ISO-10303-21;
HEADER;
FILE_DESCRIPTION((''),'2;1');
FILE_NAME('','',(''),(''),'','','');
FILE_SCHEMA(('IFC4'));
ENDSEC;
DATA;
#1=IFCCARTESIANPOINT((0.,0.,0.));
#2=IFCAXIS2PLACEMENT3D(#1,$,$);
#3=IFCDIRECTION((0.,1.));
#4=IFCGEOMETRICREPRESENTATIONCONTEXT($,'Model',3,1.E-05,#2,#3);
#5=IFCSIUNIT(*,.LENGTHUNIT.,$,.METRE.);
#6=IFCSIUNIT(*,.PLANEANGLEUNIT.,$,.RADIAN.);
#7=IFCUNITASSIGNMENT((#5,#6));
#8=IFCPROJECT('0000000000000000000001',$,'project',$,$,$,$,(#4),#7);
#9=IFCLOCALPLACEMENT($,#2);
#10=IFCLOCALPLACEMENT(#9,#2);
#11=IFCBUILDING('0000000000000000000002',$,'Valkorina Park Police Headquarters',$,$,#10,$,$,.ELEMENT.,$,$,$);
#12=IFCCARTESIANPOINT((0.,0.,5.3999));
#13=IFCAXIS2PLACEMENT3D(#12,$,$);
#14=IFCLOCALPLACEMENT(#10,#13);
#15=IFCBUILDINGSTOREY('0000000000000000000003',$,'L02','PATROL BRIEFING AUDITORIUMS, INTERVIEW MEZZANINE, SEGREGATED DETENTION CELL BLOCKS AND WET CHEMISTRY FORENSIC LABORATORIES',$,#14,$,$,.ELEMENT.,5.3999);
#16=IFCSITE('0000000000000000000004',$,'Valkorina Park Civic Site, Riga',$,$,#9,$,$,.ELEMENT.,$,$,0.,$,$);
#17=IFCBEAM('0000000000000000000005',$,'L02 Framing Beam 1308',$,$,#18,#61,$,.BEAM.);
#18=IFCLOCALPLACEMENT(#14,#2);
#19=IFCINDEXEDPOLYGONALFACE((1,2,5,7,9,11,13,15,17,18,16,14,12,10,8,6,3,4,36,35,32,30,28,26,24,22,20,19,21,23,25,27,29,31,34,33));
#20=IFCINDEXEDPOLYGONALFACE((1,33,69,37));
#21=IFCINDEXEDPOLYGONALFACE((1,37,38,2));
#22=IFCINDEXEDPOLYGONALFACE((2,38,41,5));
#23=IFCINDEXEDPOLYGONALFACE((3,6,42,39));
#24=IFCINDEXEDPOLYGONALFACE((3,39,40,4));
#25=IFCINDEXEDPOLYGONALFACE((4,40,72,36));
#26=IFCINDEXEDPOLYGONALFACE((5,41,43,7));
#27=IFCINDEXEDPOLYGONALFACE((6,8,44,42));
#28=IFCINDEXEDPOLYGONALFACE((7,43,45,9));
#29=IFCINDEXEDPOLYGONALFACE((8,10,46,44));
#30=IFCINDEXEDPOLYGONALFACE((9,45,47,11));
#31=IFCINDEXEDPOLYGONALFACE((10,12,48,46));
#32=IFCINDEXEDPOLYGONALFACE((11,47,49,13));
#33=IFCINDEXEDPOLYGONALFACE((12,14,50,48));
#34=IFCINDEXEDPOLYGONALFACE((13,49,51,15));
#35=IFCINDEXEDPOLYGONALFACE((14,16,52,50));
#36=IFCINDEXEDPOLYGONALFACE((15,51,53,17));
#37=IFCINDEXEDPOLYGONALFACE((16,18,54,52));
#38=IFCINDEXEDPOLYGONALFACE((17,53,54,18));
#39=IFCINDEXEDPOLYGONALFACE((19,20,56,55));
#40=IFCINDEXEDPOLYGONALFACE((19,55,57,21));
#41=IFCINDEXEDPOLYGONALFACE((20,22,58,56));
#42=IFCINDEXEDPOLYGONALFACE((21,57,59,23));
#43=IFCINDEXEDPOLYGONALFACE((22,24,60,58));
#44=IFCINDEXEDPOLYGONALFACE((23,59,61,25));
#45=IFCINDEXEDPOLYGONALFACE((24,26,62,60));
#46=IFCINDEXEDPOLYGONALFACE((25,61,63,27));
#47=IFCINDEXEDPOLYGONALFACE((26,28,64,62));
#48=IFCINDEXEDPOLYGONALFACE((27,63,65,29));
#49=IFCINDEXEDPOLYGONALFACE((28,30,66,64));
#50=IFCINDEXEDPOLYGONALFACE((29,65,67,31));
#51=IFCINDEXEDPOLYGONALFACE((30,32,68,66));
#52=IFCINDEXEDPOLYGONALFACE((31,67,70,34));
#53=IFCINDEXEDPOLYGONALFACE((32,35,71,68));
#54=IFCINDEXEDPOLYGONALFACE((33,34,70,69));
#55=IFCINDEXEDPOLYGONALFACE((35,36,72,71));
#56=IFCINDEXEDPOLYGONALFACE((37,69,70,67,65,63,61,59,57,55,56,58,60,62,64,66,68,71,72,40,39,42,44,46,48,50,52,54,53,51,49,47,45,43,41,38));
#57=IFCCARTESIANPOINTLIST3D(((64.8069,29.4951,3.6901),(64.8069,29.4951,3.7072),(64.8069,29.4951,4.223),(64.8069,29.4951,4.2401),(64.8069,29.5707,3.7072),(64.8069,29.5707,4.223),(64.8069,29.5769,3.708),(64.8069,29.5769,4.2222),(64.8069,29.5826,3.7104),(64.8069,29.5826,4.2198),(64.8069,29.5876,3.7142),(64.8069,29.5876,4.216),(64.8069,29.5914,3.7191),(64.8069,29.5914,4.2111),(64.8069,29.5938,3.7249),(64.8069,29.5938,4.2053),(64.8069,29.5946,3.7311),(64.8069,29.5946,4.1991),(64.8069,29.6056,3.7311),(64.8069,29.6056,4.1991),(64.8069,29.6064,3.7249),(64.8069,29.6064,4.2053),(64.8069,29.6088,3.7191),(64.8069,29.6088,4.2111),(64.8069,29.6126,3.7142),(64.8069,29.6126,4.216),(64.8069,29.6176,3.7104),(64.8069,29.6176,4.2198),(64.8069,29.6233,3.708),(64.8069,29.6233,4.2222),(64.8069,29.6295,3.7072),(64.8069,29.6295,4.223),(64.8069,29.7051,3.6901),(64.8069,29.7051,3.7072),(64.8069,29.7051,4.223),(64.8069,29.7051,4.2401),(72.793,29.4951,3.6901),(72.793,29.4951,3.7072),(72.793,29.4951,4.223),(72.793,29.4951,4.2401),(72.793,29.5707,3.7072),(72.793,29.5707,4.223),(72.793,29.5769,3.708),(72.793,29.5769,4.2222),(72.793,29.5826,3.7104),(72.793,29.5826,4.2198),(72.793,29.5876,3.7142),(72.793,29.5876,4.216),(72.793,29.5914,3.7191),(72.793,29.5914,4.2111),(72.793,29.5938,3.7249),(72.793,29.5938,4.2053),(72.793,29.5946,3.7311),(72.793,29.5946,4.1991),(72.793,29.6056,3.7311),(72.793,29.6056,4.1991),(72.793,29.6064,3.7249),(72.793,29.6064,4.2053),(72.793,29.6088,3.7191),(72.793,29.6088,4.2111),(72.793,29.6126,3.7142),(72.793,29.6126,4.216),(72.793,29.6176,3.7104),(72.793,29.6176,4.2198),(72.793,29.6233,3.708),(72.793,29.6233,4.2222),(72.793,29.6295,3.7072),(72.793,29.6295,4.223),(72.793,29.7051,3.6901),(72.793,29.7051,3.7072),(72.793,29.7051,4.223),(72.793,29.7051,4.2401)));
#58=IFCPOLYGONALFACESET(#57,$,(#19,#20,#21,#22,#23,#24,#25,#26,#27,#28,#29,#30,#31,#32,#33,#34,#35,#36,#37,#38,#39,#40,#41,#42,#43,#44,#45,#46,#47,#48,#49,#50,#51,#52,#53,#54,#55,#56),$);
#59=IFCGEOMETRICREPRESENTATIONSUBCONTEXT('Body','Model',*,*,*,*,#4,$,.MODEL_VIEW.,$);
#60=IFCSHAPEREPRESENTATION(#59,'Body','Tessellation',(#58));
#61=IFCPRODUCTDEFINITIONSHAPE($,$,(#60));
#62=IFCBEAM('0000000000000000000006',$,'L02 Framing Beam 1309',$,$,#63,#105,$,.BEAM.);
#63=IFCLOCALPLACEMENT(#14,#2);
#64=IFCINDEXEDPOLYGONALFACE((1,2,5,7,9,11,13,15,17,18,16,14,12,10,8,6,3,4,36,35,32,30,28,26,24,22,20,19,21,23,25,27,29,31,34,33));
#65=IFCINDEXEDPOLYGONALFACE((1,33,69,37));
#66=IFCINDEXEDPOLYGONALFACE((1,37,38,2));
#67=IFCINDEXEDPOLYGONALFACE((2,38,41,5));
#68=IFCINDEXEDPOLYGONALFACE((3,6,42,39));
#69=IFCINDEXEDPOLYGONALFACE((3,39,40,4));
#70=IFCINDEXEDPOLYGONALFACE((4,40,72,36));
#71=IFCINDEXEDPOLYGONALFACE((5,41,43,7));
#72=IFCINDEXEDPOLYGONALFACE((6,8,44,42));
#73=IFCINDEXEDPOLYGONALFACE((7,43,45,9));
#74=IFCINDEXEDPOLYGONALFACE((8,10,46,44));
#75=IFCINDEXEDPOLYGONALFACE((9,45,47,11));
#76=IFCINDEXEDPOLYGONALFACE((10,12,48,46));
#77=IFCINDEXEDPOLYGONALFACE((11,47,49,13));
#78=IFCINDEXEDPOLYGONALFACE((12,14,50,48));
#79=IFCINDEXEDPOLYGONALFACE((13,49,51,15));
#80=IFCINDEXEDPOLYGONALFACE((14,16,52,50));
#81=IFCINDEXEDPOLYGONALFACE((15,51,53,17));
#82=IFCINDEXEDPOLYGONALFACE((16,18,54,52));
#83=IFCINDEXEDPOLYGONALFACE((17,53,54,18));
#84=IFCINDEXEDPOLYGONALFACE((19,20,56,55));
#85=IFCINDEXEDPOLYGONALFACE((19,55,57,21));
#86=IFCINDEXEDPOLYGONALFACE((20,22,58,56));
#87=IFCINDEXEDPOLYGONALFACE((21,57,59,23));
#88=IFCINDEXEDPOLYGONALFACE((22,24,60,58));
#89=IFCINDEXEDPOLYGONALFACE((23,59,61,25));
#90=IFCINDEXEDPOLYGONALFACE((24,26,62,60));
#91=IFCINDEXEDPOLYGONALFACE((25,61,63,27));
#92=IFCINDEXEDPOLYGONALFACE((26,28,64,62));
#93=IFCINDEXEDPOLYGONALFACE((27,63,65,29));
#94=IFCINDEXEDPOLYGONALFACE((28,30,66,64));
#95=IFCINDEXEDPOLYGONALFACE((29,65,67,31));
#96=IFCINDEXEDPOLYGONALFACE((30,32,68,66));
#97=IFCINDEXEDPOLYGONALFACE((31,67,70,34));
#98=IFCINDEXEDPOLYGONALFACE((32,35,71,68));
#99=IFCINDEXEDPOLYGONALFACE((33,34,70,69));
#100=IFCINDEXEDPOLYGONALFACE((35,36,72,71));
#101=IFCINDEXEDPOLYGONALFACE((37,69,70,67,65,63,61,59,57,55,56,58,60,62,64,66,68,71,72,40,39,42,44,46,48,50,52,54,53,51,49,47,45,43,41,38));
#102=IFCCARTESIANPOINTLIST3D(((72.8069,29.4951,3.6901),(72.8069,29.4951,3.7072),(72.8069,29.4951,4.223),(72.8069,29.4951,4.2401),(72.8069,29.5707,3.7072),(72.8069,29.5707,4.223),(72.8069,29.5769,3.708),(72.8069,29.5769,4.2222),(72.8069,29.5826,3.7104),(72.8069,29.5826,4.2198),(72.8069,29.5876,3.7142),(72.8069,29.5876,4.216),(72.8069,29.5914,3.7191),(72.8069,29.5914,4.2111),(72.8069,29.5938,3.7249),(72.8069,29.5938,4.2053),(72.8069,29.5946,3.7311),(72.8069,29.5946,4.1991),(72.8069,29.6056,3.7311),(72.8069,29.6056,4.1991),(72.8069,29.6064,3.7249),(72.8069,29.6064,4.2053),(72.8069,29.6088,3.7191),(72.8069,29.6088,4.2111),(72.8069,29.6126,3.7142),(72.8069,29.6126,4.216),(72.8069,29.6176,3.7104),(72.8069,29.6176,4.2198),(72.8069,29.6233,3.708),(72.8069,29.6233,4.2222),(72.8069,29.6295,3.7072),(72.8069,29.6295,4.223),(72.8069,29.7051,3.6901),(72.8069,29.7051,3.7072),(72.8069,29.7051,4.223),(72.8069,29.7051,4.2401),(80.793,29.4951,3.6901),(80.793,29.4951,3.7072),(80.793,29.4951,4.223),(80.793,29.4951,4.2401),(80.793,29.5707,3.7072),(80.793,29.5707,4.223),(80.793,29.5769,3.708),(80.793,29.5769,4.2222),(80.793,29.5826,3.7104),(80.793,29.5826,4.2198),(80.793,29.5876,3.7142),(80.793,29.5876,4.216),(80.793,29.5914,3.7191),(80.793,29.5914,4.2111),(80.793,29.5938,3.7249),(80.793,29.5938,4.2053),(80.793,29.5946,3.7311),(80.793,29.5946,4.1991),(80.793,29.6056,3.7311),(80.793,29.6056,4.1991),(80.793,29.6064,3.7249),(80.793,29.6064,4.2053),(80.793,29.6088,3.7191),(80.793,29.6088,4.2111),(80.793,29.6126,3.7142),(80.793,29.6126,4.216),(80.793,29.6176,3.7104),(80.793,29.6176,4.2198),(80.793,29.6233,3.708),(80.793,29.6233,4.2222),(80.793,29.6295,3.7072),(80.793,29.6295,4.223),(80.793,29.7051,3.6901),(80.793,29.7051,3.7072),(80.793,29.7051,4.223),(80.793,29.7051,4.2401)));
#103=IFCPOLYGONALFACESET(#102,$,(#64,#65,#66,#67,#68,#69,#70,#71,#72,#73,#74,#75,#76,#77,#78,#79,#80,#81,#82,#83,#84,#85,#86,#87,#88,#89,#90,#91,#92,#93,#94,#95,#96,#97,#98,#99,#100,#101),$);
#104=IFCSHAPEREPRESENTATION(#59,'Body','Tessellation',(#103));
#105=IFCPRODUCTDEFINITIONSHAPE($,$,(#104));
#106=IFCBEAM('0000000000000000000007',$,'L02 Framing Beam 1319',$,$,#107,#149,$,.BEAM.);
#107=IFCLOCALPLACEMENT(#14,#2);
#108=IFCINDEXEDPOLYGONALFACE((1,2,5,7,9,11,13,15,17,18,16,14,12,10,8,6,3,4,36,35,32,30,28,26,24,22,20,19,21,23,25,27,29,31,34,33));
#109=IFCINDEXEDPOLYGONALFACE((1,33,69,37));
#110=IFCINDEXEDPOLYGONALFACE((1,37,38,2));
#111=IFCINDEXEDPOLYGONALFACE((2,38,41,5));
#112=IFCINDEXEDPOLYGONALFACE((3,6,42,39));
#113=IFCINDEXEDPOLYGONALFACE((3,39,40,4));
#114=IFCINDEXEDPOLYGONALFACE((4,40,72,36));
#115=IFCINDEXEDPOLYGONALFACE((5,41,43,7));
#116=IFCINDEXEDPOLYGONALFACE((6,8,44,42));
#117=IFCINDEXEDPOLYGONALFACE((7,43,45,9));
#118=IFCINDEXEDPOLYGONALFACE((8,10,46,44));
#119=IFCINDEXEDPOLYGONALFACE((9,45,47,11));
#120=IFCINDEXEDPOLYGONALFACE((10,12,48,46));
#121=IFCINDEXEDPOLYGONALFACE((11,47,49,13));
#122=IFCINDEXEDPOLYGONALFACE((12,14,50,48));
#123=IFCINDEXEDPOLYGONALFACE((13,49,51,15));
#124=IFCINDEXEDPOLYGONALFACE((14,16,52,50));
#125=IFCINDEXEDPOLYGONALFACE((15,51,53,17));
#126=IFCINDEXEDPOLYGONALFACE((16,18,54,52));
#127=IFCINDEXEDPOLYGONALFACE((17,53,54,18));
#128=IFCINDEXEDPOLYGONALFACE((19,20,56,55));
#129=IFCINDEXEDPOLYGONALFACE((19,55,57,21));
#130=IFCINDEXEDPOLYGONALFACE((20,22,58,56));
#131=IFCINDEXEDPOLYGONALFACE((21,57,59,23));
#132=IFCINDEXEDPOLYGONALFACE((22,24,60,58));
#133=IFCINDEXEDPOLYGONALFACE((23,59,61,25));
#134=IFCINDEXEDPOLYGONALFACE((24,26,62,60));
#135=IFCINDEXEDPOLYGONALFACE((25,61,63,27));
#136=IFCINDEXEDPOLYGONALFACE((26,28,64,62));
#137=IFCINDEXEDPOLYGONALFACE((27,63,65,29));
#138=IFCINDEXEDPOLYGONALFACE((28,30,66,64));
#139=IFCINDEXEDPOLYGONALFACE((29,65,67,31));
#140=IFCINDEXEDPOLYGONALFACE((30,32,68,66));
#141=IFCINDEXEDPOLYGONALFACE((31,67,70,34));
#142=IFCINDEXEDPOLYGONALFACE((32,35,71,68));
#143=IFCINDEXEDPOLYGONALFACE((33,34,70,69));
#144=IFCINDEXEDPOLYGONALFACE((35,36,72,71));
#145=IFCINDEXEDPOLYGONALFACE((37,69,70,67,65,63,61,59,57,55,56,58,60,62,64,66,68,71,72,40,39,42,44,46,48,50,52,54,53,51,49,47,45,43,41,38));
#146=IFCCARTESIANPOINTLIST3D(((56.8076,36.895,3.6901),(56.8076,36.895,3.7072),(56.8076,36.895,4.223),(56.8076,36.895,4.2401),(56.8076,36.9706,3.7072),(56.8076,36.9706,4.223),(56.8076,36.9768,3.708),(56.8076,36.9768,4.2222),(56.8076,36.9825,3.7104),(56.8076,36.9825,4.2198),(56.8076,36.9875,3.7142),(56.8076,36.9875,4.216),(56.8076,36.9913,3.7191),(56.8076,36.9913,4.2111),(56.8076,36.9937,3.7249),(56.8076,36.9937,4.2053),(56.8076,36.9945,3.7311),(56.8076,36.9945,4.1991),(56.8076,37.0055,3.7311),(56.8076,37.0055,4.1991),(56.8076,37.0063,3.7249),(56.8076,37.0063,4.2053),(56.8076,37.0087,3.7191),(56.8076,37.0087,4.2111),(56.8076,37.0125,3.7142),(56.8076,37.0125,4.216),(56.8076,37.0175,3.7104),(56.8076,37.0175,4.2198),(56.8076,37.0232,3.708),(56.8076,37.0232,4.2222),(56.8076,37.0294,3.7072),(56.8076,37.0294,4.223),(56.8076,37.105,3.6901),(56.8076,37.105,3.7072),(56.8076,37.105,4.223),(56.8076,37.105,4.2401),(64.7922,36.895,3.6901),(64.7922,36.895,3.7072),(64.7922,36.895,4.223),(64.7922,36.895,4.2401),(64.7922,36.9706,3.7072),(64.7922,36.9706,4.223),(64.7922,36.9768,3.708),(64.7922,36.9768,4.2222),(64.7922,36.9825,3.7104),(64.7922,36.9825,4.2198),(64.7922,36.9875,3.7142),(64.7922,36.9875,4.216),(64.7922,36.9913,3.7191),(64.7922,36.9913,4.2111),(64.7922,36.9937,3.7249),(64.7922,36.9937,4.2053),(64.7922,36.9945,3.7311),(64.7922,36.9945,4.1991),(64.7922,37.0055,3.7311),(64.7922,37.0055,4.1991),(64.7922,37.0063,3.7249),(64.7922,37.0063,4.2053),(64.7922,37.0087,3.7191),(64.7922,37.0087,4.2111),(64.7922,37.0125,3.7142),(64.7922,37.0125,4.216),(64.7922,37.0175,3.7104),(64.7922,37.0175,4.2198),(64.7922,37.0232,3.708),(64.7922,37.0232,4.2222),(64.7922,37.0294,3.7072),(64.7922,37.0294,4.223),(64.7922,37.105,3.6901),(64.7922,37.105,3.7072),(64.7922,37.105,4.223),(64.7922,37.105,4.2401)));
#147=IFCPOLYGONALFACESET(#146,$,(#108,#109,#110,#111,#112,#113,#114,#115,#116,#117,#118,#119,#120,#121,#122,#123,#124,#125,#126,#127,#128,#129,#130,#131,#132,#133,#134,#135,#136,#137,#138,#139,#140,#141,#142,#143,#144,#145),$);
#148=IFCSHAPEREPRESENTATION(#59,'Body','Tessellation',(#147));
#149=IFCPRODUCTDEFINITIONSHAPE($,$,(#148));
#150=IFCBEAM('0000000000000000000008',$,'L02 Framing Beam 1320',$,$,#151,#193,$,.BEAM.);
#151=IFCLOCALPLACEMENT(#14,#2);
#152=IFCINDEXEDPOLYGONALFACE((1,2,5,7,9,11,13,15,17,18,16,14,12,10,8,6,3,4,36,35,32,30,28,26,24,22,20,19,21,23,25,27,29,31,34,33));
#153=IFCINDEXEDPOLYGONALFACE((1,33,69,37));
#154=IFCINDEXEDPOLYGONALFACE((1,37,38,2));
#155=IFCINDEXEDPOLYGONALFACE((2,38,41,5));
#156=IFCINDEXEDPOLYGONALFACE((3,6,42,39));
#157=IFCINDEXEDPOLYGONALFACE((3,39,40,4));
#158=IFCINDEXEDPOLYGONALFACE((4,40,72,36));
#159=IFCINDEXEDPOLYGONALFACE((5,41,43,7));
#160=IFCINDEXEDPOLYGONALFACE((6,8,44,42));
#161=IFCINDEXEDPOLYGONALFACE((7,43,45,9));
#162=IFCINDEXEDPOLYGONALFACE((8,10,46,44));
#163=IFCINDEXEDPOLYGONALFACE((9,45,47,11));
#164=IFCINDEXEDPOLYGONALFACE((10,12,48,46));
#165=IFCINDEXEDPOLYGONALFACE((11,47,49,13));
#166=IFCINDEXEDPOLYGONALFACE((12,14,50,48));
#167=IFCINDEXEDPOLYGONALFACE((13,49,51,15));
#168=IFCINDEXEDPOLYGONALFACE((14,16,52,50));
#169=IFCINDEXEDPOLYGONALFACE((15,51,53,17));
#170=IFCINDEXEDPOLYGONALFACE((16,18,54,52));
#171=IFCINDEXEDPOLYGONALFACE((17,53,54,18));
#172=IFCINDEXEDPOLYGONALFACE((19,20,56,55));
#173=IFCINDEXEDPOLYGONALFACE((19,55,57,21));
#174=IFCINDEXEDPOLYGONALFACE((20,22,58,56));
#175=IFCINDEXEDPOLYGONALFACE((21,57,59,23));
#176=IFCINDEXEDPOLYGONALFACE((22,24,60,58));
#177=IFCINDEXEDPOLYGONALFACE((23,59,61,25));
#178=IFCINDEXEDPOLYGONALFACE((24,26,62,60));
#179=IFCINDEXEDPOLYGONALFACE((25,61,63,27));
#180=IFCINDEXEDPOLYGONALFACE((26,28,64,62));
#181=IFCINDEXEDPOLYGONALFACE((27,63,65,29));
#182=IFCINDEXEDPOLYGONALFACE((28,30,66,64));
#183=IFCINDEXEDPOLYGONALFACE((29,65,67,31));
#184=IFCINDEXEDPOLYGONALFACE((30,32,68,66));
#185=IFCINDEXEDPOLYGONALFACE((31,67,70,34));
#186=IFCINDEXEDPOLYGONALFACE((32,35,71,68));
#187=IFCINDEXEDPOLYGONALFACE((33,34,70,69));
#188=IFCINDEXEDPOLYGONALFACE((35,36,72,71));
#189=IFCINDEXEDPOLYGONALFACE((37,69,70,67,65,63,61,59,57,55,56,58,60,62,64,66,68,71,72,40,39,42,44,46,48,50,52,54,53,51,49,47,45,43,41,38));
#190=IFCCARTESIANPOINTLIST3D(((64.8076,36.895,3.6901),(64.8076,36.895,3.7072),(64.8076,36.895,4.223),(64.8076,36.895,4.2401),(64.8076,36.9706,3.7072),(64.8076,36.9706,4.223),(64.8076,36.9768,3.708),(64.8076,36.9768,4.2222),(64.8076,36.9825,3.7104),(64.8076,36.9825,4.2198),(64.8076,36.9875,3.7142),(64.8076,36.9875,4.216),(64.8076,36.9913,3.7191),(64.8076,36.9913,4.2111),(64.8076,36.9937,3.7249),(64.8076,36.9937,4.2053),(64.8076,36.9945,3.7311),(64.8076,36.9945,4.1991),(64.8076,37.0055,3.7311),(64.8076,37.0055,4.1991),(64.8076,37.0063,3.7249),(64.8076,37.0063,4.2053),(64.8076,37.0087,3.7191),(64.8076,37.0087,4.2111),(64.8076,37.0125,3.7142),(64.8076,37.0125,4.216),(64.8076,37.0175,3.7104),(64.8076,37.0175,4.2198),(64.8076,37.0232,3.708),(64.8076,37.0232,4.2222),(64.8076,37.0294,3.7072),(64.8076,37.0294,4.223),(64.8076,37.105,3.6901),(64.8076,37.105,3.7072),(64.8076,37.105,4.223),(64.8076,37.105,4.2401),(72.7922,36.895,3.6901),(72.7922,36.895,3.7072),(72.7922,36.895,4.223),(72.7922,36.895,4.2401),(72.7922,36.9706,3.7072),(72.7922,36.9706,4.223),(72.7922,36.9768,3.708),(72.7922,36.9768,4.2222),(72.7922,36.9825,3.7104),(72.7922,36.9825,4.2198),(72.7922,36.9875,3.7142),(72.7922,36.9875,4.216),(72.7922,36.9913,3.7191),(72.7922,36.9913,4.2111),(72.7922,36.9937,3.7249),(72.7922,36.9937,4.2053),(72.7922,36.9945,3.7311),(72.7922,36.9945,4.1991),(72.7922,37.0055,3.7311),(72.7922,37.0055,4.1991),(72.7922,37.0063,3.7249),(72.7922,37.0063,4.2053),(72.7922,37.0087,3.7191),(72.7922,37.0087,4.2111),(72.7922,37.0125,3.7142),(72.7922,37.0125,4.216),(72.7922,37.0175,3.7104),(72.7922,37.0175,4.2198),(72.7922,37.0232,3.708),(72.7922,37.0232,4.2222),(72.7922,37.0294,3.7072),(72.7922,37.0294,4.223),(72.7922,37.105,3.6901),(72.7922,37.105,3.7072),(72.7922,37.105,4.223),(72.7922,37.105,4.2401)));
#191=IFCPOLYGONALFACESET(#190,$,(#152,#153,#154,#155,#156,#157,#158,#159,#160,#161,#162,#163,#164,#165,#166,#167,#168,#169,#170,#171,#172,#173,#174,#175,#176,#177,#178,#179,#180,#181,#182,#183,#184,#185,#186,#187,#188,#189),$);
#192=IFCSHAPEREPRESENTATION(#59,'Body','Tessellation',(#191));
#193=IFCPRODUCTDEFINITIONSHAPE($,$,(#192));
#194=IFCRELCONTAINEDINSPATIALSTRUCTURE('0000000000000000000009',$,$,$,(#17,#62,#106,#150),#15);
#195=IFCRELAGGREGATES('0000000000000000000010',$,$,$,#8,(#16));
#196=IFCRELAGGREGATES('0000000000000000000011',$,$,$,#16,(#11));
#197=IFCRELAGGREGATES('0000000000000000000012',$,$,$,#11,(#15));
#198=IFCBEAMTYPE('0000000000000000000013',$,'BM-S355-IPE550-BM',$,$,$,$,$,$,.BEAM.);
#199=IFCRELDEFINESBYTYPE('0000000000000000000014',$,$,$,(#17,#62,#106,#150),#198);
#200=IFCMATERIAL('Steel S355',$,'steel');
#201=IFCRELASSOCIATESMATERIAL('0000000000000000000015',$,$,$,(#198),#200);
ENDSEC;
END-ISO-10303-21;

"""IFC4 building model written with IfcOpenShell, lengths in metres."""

from ifc_helpers import new_model, si_unit, direction, frame, origin, origin_2d, place, context, subcontext, project, spatial, i_section, extrude, material, material_profile, profile_set, type_object, element, save


model = new_model("IFC4")

# Units and contexts
model_context = context("Model", 3, precision=1e-05, world=origin(), true_north=direction((0.0, 1.0)))
body_context = subcontext(model_context, "Body", "Model", "MODEL_VIEW")
ifc_project = project(units=[si_unit("LENGTHUNIT", "METRE"), si_unit("PLANEANGLEUNIT", "RADIAN")], contexts=[model_context])

# Site, building, storey
site_placement = place(None, origin())
site = spatial("IfcSite", under=ifc_project, at=site_placement, Name="Valkorina Park Civic Site, Riga", CompositionType="ELEMENT", RefElevation=0.0)
building_placement = place(site_placement, origin())
building = spatial("IfcBuilding", under=site, at=building_placement, Name="Valkorina Park Police Headquarters", CompositionType="ELEMENT")
storey_placement = place(building_placement, frame((0.0, 0.0, 5.3999)))
storey = spatial("IfcBuildingStorey", under=building, at=storey_placement, Name="L02", Description="PATROL BRIEFING AUDITORIUMS, INTERVIEW MEZZANINE, SEGREGATED DETENTION CELL BLOCKS AND WET CHEMISTRY FORENSIC LABORATORIES", CompositionType="ELEMENT", Elevation=5.3999)

# Shared definitions
ifc_material_1 = material(Name="Steel S355", Category="steel")

# Beams
ifc_material_profile_1 = material_profile(ifc_material_1, i_section(OverallWidth=0.21, OverallDepth=0.55, WebThickness=0.011, FlangeThickness=0.0171, FilletRadius=0.0239, at=origin_2d()), Name="IPE 550")
ifc_profile_set_1 = profile_set([ifc_material_profile_1], Name="Steel S355")
beam_type_1 = type_object("IfcBeamType", Name="BM-S355-IPE550-BM", PredefinedType="BEAM", material=ifc_profile_set_1)
for number, where, z_axis, x_axis, name in (
    (1, (64.8069, 29.6001, 3.9651), (1.0, 0.0, 0.0), (0.0, 1.0, 0.0), "L02 Framing Beam 1308"),
    (2, (72.8069, 29.6001, 3.9651), (1.0, 0.0, 0.0), (0.0, 1.0, 0.0), "L02 Framing Beam 1309"),
):
    element("IfcBeam", number, at=place(storey_placement, frame(where, z_axis=z_axis, x_axis=x_axis)), inside=storey, type_object=beam_type_1, Name=name, PredefinedType="BEAM", context=body_context, shape_type="SweptSolid", body=[
        extrude(i_section(OverallWidth=0.21, OverallDepth=0.55, WebThickness=0.011, FlangeThickness=0.0171, FilletRadius=0.0239, at=origin_2d()), origin(), (0.0, 0.0, 1.0), 7.9861),
    ])
for number, where, z_axis, x_axis, name in (
    (3, (56.8076, 37.0, 3.9651), (1.0, 0.0, 0.0), (0.0, 1.0, 0.0), "L02 Framing Beam 1319"),
    (4, (64.8076, 37.0, 3.9651), (1.0, 0.0, 0.0), (0.0, 1.0, 0.0), "L02 Framing Beam 1320"),
):
    element("IfcBeam", number, at=place(storey_placement, frame(where, z_axis=z_axis, x_axis=x_axis)), inside=storey, type_object=beam_type_1, Name=name, PredefinedType="BEAM", context=body_context, shape_type="SweptSolid", body=[
        extrude(i_section(OverallWidth=0.21, OverallDepth=0.55, WebThickness=0.011, FlangeThickness=0.0171, FilletRadius=0.0239, at=origin_2d()), origin(), (0.0, 0.0, 1.0), 7.9846),
    ])

save(model, "model.ifc")
